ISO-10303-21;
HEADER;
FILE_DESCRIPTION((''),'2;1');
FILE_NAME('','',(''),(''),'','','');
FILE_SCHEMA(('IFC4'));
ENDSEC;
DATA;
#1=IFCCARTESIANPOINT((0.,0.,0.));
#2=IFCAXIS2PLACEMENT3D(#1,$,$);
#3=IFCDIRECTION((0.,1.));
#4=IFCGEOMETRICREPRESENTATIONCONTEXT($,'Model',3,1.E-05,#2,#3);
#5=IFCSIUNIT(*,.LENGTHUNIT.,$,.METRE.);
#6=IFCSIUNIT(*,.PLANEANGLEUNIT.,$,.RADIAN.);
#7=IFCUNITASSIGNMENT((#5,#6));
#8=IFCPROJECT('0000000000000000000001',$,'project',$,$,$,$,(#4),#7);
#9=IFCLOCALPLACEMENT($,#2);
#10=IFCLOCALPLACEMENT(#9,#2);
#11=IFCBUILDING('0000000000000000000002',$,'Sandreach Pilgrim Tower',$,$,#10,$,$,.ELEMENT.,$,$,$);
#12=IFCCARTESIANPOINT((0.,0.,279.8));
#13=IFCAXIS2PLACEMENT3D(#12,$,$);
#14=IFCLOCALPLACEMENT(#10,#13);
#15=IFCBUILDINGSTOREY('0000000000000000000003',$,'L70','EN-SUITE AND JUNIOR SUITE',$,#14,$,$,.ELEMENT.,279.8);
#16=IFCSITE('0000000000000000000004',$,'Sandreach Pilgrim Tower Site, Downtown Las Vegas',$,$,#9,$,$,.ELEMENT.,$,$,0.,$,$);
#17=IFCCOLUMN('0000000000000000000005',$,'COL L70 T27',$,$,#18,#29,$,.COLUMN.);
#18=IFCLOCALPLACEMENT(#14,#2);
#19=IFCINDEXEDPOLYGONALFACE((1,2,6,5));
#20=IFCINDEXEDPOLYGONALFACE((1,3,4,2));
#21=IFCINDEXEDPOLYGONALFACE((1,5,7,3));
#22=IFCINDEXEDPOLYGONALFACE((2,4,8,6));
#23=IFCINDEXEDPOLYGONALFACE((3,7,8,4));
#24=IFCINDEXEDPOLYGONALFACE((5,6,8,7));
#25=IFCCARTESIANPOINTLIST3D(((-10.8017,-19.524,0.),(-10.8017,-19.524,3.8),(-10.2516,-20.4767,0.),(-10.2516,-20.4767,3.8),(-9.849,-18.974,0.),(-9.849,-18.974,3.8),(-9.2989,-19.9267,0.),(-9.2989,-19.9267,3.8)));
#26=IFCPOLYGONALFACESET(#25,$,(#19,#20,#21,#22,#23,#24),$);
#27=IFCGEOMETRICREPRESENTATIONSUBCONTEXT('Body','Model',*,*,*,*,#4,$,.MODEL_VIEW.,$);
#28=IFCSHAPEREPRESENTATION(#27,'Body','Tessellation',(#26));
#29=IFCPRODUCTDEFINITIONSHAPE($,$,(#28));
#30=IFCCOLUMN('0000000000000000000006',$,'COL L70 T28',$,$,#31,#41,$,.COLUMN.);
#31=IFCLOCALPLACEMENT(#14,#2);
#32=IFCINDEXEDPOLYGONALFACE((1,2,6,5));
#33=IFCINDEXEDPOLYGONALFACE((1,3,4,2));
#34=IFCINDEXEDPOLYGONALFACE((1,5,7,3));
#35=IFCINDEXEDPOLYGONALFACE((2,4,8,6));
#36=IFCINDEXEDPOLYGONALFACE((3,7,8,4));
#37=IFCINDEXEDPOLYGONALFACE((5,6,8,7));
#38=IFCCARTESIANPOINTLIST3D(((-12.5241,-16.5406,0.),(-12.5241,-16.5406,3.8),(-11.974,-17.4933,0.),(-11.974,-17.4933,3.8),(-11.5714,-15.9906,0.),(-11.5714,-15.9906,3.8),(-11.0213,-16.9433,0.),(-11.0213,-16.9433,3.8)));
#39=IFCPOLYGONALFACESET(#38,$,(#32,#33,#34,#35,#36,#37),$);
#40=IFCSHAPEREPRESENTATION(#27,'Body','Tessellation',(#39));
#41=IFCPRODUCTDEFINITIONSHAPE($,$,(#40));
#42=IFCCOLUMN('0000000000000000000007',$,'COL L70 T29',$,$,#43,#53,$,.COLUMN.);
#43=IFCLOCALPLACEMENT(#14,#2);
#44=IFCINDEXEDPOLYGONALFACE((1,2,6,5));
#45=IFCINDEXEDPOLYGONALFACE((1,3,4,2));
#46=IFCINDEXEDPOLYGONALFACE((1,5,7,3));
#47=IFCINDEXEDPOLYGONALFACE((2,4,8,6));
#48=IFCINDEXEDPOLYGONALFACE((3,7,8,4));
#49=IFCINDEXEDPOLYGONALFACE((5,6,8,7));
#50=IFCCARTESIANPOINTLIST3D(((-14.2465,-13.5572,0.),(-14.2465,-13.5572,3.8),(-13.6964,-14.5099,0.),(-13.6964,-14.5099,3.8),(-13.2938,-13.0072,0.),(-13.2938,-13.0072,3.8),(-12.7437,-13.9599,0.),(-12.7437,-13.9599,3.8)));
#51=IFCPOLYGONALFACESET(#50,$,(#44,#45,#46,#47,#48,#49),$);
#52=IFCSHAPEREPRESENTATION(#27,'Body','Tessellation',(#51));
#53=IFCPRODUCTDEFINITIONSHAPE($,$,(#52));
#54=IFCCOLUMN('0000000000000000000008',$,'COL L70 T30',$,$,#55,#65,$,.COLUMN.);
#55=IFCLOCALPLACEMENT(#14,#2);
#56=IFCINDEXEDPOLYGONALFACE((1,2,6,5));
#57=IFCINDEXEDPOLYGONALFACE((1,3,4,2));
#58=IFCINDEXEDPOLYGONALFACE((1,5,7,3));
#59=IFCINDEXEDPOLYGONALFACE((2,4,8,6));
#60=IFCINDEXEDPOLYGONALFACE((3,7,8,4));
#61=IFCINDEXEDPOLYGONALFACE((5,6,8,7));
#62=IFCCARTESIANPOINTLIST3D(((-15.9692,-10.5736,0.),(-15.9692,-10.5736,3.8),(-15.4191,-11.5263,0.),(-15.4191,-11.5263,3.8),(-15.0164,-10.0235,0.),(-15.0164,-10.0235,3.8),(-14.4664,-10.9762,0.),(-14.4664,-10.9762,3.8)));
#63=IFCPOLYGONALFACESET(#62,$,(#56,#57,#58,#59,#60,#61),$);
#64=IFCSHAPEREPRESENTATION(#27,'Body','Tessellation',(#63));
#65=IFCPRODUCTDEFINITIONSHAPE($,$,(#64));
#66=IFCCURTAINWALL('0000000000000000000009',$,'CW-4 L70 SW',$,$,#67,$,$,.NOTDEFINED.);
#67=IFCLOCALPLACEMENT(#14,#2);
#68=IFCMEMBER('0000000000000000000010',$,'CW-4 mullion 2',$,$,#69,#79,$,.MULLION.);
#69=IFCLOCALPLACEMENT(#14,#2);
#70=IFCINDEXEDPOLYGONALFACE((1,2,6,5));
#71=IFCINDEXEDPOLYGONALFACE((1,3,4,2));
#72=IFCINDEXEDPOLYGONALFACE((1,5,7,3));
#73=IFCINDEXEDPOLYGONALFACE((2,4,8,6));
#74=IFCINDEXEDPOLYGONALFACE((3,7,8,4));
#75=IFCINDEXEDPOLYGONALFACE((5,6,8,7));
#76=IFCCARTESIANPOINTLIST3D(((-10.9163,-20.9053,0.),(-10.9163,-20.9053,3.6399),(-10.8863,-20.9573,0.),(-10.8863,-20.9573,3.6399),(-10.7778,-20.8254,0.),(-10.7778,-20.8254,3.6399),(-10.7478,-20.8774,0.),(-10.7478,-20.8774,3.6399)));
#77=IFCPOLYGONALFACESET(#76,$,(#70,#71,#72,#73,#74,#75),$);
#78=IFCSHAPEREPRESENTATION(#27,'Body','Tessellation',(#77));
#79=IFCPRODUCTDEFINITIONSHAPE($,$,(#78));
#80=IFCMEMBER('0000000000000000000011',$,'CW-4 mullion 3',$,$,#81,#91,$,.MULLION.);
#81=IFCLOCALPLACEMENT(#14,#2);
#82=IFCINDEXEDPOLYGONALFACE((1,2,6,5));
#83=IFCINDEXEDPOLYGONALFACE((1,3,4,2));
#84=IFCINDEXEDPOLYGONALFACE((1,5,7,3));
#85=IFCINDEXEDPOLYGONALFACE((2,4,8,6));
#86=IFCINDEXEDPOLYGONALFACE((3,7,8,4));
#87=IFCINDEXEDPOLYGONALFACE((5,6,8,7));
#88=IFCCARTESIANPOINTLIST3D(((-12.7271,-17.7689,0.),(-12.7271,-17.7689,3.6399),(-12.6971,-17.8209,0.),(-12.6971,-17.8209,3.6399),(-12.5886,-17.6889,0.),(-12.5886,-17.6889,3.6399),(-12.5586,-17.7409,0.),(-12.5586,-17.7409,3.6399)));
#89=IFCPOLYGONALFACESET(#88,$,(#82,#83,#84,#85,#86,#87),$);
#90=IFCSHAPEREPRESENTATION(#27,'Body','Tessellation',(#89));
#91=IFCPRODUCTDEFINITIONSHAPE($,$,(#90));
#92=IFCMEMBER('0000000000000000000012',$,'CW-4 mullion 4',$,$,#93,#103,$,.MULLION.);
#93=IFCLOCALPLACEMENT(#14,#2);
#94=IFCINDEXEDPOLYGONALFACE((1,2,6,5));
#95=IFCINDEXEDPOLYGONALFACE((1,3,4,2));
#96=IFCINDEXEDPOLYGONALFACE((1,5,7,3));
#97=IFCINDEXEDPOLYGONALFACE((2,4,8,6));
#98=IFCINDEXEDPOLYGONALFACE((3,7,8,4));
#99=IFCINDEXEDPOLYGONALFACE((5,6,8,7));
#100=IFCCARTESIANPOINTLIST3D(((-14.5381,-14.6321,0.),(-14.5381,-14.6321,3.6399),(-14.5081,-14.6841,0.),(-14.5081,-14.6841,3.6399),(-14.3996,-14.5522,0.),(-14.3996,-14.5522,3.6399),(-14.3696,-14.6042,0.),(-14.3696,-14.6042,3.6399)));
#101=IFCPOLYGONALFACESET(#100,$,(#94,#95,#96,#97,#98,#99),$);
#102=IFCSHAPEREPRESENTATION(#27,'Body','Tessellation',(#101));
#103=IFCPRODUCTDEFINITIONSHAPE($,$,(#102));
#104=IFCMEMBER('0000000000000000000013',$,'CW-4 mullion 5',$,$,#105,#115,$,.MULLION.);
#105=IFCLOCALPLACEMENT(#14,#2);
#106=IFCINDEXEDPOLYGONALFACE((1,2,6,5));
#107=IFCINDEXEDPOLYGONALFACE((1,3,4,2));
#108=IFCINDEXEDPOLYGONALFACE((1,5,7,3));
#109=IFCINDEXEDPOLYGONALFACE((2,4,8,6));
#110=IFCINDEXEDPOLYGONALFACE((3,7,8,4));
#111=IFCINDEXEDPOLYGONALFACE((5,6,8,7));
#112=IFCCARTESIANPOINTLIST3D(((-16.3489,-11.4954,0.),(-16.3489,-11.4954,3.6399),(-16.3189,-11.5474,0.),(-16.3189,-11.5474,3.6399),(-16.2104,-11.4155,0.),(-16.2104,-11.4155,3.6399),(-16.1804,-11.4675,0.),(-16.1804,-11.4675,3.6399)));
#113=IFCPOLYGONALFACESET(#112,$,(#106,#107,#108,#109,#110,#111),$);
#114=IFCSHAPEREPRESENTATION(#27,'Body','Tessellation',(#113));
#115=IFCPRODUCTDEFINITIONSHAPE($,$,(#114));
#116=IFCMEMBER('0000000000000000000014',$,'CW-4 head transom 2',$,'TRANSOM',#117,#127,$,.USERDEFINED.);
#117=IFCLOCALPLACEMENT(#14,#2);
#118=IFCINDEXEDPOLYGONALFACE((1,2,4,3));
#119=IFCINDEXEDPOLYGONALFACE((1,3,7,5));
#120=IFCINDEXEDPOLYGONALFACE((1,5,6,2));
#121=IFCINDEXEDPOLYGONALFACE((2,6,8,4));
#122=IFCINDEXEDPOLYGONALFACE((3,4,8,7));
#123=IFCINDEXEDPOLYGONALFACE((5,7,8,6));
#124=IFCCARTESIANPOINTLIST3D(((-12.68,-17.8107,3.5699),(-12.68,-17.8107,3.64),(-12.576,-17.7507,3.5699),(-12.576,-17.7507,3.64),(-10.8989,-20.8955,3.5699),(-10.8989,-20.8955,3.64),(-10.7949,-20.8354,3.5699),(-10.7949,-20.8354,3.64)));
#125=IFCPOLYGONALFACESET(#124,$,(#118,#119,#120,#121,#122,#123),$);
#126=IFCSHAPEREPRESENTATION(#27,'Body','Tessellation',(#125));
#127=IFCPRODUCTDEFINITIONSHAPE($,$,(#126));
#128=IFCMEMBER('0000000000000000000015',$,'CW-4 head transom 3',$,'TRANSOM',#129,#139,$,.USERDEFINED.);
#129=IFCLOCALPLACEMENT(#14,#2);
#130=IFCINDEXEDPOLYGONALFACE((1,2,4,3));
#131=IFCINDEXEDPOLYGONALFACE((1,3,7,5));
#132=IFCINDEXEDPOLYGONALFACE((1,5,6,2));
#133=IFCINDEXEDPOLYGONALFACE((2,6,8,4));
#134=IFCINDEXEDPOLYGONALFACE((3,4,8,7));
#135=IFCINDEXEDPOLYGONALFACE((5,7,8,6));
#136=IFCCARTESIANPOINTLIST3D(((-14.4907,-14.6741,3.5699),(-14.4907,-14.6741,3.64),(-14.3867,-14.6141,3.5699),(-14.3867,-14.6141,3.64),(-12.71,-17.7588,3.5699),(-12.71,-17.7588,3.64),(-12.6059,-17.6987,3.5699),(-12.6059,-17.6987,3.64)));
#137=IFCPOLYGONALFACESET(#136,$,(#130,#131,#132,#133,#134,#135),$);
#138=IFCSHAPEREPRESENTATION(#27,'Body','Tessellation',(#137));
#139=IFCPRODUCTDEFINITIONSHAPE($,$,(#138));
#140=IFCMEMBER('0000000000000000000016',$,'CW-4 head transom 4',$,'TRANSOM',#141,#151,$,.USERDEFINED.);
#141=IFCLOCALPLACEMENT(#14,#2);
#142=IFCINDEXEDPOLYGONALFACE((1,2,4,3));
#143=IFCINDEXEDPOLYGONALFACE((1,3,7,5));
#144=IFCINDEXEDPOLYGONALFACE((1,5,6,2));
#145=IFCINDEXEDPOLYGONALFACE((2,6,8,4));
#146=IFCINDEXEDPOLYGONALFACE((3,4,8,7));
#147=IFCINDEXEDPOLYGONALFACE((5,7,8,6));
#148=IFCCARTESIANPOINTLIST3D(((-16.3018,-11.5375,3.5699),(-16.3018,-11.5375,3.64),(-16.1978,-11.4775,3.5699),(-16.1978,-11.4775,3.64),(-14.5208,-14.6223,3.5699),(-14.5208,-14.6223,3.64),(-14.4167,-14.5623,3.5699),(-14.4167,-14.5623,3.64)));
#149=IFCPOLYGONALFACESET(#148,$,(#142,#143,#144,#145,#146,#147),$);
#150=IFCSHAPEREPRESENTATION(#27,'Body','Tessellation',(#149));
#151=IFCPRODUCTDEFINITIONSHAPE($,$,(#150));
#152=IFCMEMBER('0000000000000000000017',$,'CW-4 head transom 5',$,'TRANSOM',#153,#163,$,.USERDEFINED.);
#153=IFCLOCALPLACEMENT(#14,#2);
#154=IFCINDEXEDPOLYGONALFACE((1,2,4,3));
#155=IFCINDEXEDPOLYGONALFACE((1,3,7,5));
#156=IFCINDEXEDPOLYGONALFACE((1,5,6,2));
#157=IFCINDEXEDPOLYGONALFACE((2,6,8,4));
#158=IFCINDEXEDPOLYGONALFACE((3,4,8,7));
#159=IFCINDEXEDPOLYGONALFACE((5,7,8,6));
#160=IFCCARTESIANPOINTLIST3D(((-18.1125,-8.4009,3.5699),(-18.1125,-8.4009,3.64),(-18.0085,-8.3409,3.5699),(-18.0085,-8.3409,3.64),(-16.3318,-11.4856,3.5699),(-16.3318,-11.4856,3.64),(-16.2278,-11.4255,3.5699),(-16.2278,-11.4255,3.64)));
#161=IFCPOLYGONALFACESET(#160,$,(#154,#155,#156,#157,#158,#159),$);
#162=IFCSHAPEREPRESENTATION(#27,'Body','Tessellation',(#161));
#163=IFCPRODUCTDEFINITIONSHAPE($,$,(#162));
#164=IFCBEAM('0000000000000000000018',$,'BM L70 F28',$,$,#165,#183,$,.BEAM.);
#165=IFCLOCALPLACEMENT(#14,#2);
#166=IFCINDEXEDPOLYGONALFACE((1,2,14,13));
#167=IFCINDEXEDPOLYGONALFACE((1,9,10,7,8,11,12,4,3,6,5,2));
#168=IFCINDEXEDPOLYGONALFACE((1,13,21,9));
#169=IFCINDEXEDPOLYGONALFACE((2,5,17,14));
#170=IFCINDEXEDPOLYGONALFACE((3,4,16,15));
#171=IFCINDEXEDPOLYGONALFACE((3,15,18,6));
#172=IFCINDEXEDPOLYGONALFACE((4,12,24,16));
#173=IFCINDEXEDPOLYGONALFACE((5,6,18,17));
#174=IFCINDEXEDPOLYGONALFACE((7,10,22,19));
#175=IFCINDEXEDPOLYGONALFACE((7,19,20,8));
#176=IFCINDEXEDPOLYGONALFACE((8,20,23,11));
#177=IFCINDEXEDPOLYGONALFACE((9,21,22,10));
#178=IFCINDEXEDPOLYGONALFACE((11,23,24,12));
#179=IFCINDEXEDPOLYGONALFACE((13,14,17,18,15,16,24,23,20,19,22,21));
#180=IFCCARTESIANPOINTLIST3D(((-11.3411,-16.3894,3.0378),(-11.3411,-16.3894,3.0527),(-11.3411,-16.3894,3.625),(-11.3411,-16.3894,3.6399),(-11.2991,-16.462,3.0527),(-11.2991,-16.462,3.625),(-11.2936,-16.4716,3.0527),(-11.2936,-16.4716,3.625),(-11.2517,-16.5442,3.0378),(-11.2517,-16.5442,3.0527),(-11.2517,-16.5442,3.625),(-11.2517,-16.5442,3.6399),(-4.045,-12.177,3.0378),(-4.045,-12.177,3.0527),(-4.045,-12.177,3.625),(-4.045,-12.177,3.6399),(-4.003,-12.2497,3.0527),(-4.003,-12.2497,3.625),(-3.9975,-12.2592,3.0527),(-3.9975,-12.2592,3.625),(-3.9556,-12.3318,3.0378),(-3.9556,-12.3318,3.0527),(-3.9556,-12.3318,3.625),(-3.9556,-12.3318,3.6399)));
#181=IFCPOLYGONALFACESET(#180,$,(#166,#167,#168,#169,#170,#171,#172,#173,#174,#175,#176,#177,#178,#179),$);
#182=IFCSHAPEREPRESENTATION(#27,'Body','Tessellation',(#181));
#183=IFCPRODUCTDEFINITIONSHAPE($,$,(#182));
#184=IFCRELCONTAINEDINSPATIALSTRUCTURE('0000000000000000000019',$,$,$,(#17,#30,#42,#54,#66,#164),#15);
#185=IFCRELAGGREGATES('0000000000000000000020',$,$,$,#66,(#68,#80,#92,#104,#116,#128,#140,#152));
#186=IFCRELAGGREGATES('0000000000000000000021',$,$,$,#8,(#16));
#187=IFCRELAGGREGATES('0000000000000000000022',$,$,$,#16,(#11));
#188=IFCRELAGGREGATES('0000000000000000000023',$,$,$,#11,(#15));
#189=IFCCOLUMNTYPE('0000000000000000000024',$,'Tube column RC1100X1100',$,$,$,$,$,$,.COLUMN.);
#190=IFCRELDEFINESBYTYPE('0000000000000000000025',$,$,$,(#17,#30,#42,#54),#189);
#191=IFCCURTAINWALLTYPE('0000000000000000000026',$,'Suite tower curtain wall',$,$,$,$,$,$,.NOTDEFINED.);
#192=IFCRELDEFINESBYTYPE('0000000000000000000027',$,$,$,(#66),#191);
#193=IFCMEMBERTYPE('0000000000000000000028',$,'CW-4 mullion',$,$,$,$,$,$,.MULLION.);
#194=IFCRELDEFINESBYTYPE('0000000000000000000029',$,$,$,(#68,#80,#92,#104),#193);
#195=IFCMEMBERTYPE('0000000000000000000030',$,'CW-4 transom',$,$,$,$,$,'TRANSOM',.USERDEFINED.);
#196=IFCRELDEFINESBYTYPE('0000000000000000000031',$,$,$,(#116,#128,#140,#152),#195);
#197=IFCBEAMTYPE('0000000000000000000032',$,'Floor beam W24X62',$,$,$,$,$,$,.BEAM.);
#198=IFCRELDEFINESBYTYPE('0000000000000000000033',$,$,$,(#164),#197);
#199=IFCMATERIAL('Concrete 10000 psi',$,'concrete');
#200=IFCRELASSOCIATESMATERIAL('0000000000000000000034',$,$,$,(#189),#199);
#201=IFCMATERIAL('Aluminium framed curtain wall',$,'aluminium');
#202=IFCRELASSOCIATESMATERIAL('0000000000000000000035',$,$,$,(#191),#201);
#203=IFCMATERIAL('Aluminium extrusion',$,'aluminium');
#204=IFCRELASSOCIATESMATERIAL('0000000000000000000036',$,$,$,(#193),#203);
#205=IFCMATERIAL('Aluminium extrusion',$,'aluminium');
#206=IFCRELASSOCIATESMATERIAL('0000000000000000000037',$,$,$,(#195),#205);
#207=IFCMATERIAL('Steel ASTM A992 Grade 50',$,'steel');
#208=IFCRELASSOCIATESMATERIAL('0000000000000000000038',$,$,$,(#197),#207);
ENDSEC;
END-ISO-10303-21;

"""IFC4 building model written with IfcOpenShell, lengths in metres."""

from ifc_helpers import new_model, si_unit, direction, frame, origin, origin_2d, place, context, subcontext, project, spatial, rectangle, i_section, extrude, material, material_profile, profile_set, type_object, element, aggregate, save


model = new_model("IFC4")

# Units and contexts
model_context = context("Model", 3, precision=1e-05, world=origin(), true_north=direction((0.0, 1.0)))
body_context = subcontext(model_context, "Body", "Model", "MODEL_VIEW")
ifc_project = project(units=[si_unit("LENGTHUNIT", "METRE"), si_unit("PLANEANGLEUNIT", "RADIAN")], contexts=[model_context])

# Site, building, storey
site_placement = place(None, origin())
site = spatial("IfcSite", under=ifc_project, at=site_placement, Name="Sandreach Pilgrim Tower Site, Downtown Las Vegas", CompositionType="ELEMENT", RefElevation=0.0)
building_placement = place(site_placement, origin())
building = spatial("IfcBuilding", under=site, at=building_placement, Name="Sandreach Pilgrim Tower", CompositionType="ELEMENT")
storey_placement = place(building_placement, frame((0.0, 0.0, 279.8)))
storey = spatial("IfcBuildingStorey", under=building, at=storey_placement, Name="L70", Description="EN-SUITE AND JUNIOR SUITE", CompositionType="ELEMENT", Elevation=279.8)

# Columns
ifc_material_1 = material(Name="Concrete 10000 psi", Category="concrete")
ifc_material_profile_1 = material_profile(ifc_material_1, rectangle(XDim=1.1001, YDim=1.1001, at=origin_2d()), Name="RC1100X1100")
ifc_profile_set_1 = profile_set([ifc_material_profile_1], Name="Concrete 10000 psi")
column_type = type_object("IfcColumnType", Name="Tube column RC1100X1100", PredefinedType="COLUMN", material=ifc_profile_set_1)
for number, where, z_axis, x_axis, name in (
    (1, (-10.0503, -19.7253, 0.0), (0.0, 0.0, 1.0), (-0.866025, -0.5, 0.0), "COL L70 T27"),
    (2, (-11.7727, -16.7419, 0.0), (0.0, 0.0, 1.0), (-0.866025, -0.5, 0.0), "COL L70 T28"),
    (3, (-13.4951, -13.7585, 0.0), (0.0, 0.0, 1.0), (-0.866025, -0.5, 0.0), "COL L70 T29"),
    (4, (-15.2178, -10.7749, 0.0), (0.0, 0.0, 1.0), (-0.866025, -0.5, 0.0), "COL L70 T30"),
):
    element("IfcColumn", number, at=place(storey_placement, frame(where, z_axis=z_axis, x_axis=x_axis)), inside=storey, type_object=column_type, Name=name, PredefinedType="COLUMN", context=body_context, shape_type="SweptSolid", body=[
        extrude(rectangle(XDim=1.1001, YDim=1.1001, at=origin_2d()), origin(), (0.0, 0.0, 1.0), 3.8),
    ])

# Curtain wall, members
ifc_material_2 = material(Name="Aluminium framed curtain wall", Category="aluminium")
curtain_wall_type = type_object("IfcCurtainWallType", Name="Suite tower curtain wall", PredefinedType="NOTDEFINED", material=ifc_material_2)
curtain_wall_placement = place(storey_placement, origin())
curtain_wall = element("IfcCurtainWall", 5, at=curtain_wall_placement, inside=storey, type_object=curtain_wall_type, Name="CW-4 L70 SW", PredefinedType="NOTDEFINED")
ifc_material_3 = material(Name="Aluminium extrusion", Category="aluminium")
ifc_material_profile_2 = material_profile(ifc_material_3, rectangle(XDim=0.0601, YDim=0.1599, at=origin_2d()), Name="CW-4M 60X160")
ifc_profile_set_2 = profile_set([ifc_material_profile_2], Name="Aluminium extrusion")
member_type_1 = type_object("IfcMemberType", Name="CW-4 mullion", PredefinedType="MULLION", material=ifc_profile_set_2)
member_1_placement = place(storey_placement, frame((-10.832, -20.8914, 0.0), z_axis=(0.0, 0.0, 1.0), x_axis=(-0.5, 0.866025, 0.0)))
member_1 = element("IfcMember", 6, at=member_1_placement, type_object=member_type_1, Name="CW-4 mullion 2", PredefinedType="MULLION", context=body_context, shape_type="SweptSolid", body=[
    extrude(rectangle(XDim=0.0601, YDim=0.1599, at=origin_2d()), origin(), (0.0, 0.0, 1.0), 3.6399),
])
member_2_placement = place(storey_placement, frame((-12.6428, -17.7549, 0.0), z_axis=(0.0, 0.0, 1.0), x_axis=(-0.5, 0.866025, 0.0)))
member_2 = element("IfcMember", 7, at=member_2_placement, type_object=member_type_1, Name="CW-4 mullion 3", PredefinedType="MULLION", context=body_context, shape_type="SweptSolid", body=[
    extrude(rectangle(XDim=0.0601, YDim=0.1599, at=origin_2d()), origin(), (0.0, 0.0, 1.0), 3.6399),
])
member_3_placement = place(storey_placement, frame((-14.4539, -14.6182, 0.0), z_axis=(0.0, 0.0, 1.0), x_axis=(-0.5, 0.866025, 0.0)))
member_3 = element("IfcMember", 8, at=member_3_placement, type_object=member_type_1, Name="CW-4 mullion 4", PredefinedType="MULLION", context=body_context, shape_type="SweptSolid", body=[
    extrude(rectangle(XDim=0.0601, YDim=0.1599, at=origin_2d()), origin(), (0.0, 0.0, 1.0), 3.6399),
])
member_4_placement = place(storey_placement, frame((-16.2646, -11.4814, 0.0), z_axis=(0.0, 0.0, 1.0), x_axis=(-0.5, 0.866025, 0.0)))
member_4 = element("IfcMember", 9, at=member_4_placement, type_object=member_type_1, Name="CW-4 mullion 5", PredefinedType="MULLION", context=body_context, shape_type="SweptSolid", body=[
    extrude(rectangle(XDim=0.0601, YDim=0.1599, at=origin_2d()), origin(), (0.0, 0.0, 1.0), 3.6399),
])
ifc_material_4 = material(Name="Aluminium extrusion", Category="aluminium")
ifc_material_profile_3 = material_profile(ifc_material_4, rectangle(XDim=0.1201, YDim=0.0701, at=origin_2d()), Name="CW-4T 120X70")
ifc_profile_set_3 = profile_set([ifc_material_profile_3], Name="Aluminium extrusion")
member_type_2 = type_object("IfcMemberType", Name="CW-4 transom", ElementType="TRANSOM", PredefinedType="USERDEFINED", material=ifc_profile_set_3)
member_5_placement = place(storey_placement, frame((-10.8469, -20.8655, 3.605), z_axis=(-0.500009, 0.86602, 0.0), x_axis=(-0.86602, -0.500009, 0.0)))
member_5 = element("IfcMember", 10, at=member_5_placement, type_object=member_type_2, Name="CW-4 head transom 2", ObjectType="TRANSOM", PredefinedType="USERDEFINED", context=body_context, shape_type="SweptSolid", body=[
    extrude(rectangle(XDim=0.1201, YDim=0.0701, at=origin_2d()), origin(), (0.0, 0.0, 1.0), 3.562),
])
member_6_placement = place(storey_placement, frame((-12.658, -17.7288, 3.605), z_axis=(-0.499958, 0.86605, 0.0), x_axis=(-0.86605, -0.499958, 0.0)))
member_6 = element("IfcMember", 11, at=member_6_placement, type_object=member_type_2, Name="CW-4 head transom 3", ObjectType="TRANSOM", PredefinedType="USERDEFINED", context=body_context, shape_type="SweptSolid", body=[
    extrude(rectangle(XDim=0.1201, YDim=0.0701, at=origin_2d()), origin(), (0.0, 0.0, 1.0), 3.5618),
])
member_7_placement = place(storey_placement, frame((-14.4688, -14.5923, 3.605), z_axis=(-0.500009, 0.86602, 0.0), x_axis=(-0.86602, -0.500009, 0.0)))
member_7 = element("IfcMember", 12, at=member_7_placement, type_object=member_type_2, Name="CW-4 head transom 4", ObjectType="TRANSOM", PredefinedType="USERDEFINED", context=body_context, shape_type="SweptSolid", body=[
    extrude(rectangle(XDim=0.1201, YDim=0.0701, at=origin_2d()), origin(), (0.0, 0.0, 1.0), 3.562),
])
member_8_placement = place(storey_placement, frame((-16.2798, -11.4556, 3.605), z_axis=(-0.499958, 0.86605, 0.0), x_axis=(-0.86605, -0.499958, 0.0)))
member_8 = element("IfcMember", 13, at=member_8_placement, type_object=member_type_2, Name="CW-4 head transom 5", ObjectType="TRANSOM", PredefinedType="USERDEFINED", context=body_context, shape_type="SweptSolid", body=[
    extrude(rectangle(XDim=0.1201, YDim=0.0701, at=origin_2d()), origin(), (0.0, 0.0, 1.0), 3.5618),
])

# Beam
ifc_material_5 = material(Name="Steel ASTM A992 Grade 50", Category="steel")
ifc_material_profile_4 = material_profile(ifc_material_5, i_section(OverallWidth=0.1787, OverallDepth=0.6021, WebThickness=0.011, FlangeThickness=0.0149, at=origin_2d()), Name="W24X62")
ifc_profile_set_4 = profile_set([ifc_material_profile_4], Name="Steel ASTM A992 Grade 50")
beam_type_1 = type_object("IfcBeamType", Name="Floor beam W24X62", PredefinedType="BEAM", material=ifc_profile_set_4)
beam_1_placement = place(storey_placement, frame((-11.2964, -16.4668, 3.3389), z_axis=(0.866027, 0.499998, 0.0), x_axis=(-0.499998, 0.866027, 0.0)))
element("IfcBeam", 14, at=beam_1_placement, inside=storey, type_object=beam_type_1, Name="BM L70 F28", PredefinedType="BEAM", context=body_context, shape_type="SweptSolid", body=[
    extrude(i_section(OverallWidth=0.1787, OverallDepth=0.6021, WebThickness=0.011, FlangeThickness=0.0149, at=origin_2d()), origin(), (0.0, 0.0, 1.0), 8.4248),
])

aggregate(curtain_wall, [member_1, member_2, member_3, member_4, member_5, member_6, member_7, member_8])

save(model, "model.ifc")
